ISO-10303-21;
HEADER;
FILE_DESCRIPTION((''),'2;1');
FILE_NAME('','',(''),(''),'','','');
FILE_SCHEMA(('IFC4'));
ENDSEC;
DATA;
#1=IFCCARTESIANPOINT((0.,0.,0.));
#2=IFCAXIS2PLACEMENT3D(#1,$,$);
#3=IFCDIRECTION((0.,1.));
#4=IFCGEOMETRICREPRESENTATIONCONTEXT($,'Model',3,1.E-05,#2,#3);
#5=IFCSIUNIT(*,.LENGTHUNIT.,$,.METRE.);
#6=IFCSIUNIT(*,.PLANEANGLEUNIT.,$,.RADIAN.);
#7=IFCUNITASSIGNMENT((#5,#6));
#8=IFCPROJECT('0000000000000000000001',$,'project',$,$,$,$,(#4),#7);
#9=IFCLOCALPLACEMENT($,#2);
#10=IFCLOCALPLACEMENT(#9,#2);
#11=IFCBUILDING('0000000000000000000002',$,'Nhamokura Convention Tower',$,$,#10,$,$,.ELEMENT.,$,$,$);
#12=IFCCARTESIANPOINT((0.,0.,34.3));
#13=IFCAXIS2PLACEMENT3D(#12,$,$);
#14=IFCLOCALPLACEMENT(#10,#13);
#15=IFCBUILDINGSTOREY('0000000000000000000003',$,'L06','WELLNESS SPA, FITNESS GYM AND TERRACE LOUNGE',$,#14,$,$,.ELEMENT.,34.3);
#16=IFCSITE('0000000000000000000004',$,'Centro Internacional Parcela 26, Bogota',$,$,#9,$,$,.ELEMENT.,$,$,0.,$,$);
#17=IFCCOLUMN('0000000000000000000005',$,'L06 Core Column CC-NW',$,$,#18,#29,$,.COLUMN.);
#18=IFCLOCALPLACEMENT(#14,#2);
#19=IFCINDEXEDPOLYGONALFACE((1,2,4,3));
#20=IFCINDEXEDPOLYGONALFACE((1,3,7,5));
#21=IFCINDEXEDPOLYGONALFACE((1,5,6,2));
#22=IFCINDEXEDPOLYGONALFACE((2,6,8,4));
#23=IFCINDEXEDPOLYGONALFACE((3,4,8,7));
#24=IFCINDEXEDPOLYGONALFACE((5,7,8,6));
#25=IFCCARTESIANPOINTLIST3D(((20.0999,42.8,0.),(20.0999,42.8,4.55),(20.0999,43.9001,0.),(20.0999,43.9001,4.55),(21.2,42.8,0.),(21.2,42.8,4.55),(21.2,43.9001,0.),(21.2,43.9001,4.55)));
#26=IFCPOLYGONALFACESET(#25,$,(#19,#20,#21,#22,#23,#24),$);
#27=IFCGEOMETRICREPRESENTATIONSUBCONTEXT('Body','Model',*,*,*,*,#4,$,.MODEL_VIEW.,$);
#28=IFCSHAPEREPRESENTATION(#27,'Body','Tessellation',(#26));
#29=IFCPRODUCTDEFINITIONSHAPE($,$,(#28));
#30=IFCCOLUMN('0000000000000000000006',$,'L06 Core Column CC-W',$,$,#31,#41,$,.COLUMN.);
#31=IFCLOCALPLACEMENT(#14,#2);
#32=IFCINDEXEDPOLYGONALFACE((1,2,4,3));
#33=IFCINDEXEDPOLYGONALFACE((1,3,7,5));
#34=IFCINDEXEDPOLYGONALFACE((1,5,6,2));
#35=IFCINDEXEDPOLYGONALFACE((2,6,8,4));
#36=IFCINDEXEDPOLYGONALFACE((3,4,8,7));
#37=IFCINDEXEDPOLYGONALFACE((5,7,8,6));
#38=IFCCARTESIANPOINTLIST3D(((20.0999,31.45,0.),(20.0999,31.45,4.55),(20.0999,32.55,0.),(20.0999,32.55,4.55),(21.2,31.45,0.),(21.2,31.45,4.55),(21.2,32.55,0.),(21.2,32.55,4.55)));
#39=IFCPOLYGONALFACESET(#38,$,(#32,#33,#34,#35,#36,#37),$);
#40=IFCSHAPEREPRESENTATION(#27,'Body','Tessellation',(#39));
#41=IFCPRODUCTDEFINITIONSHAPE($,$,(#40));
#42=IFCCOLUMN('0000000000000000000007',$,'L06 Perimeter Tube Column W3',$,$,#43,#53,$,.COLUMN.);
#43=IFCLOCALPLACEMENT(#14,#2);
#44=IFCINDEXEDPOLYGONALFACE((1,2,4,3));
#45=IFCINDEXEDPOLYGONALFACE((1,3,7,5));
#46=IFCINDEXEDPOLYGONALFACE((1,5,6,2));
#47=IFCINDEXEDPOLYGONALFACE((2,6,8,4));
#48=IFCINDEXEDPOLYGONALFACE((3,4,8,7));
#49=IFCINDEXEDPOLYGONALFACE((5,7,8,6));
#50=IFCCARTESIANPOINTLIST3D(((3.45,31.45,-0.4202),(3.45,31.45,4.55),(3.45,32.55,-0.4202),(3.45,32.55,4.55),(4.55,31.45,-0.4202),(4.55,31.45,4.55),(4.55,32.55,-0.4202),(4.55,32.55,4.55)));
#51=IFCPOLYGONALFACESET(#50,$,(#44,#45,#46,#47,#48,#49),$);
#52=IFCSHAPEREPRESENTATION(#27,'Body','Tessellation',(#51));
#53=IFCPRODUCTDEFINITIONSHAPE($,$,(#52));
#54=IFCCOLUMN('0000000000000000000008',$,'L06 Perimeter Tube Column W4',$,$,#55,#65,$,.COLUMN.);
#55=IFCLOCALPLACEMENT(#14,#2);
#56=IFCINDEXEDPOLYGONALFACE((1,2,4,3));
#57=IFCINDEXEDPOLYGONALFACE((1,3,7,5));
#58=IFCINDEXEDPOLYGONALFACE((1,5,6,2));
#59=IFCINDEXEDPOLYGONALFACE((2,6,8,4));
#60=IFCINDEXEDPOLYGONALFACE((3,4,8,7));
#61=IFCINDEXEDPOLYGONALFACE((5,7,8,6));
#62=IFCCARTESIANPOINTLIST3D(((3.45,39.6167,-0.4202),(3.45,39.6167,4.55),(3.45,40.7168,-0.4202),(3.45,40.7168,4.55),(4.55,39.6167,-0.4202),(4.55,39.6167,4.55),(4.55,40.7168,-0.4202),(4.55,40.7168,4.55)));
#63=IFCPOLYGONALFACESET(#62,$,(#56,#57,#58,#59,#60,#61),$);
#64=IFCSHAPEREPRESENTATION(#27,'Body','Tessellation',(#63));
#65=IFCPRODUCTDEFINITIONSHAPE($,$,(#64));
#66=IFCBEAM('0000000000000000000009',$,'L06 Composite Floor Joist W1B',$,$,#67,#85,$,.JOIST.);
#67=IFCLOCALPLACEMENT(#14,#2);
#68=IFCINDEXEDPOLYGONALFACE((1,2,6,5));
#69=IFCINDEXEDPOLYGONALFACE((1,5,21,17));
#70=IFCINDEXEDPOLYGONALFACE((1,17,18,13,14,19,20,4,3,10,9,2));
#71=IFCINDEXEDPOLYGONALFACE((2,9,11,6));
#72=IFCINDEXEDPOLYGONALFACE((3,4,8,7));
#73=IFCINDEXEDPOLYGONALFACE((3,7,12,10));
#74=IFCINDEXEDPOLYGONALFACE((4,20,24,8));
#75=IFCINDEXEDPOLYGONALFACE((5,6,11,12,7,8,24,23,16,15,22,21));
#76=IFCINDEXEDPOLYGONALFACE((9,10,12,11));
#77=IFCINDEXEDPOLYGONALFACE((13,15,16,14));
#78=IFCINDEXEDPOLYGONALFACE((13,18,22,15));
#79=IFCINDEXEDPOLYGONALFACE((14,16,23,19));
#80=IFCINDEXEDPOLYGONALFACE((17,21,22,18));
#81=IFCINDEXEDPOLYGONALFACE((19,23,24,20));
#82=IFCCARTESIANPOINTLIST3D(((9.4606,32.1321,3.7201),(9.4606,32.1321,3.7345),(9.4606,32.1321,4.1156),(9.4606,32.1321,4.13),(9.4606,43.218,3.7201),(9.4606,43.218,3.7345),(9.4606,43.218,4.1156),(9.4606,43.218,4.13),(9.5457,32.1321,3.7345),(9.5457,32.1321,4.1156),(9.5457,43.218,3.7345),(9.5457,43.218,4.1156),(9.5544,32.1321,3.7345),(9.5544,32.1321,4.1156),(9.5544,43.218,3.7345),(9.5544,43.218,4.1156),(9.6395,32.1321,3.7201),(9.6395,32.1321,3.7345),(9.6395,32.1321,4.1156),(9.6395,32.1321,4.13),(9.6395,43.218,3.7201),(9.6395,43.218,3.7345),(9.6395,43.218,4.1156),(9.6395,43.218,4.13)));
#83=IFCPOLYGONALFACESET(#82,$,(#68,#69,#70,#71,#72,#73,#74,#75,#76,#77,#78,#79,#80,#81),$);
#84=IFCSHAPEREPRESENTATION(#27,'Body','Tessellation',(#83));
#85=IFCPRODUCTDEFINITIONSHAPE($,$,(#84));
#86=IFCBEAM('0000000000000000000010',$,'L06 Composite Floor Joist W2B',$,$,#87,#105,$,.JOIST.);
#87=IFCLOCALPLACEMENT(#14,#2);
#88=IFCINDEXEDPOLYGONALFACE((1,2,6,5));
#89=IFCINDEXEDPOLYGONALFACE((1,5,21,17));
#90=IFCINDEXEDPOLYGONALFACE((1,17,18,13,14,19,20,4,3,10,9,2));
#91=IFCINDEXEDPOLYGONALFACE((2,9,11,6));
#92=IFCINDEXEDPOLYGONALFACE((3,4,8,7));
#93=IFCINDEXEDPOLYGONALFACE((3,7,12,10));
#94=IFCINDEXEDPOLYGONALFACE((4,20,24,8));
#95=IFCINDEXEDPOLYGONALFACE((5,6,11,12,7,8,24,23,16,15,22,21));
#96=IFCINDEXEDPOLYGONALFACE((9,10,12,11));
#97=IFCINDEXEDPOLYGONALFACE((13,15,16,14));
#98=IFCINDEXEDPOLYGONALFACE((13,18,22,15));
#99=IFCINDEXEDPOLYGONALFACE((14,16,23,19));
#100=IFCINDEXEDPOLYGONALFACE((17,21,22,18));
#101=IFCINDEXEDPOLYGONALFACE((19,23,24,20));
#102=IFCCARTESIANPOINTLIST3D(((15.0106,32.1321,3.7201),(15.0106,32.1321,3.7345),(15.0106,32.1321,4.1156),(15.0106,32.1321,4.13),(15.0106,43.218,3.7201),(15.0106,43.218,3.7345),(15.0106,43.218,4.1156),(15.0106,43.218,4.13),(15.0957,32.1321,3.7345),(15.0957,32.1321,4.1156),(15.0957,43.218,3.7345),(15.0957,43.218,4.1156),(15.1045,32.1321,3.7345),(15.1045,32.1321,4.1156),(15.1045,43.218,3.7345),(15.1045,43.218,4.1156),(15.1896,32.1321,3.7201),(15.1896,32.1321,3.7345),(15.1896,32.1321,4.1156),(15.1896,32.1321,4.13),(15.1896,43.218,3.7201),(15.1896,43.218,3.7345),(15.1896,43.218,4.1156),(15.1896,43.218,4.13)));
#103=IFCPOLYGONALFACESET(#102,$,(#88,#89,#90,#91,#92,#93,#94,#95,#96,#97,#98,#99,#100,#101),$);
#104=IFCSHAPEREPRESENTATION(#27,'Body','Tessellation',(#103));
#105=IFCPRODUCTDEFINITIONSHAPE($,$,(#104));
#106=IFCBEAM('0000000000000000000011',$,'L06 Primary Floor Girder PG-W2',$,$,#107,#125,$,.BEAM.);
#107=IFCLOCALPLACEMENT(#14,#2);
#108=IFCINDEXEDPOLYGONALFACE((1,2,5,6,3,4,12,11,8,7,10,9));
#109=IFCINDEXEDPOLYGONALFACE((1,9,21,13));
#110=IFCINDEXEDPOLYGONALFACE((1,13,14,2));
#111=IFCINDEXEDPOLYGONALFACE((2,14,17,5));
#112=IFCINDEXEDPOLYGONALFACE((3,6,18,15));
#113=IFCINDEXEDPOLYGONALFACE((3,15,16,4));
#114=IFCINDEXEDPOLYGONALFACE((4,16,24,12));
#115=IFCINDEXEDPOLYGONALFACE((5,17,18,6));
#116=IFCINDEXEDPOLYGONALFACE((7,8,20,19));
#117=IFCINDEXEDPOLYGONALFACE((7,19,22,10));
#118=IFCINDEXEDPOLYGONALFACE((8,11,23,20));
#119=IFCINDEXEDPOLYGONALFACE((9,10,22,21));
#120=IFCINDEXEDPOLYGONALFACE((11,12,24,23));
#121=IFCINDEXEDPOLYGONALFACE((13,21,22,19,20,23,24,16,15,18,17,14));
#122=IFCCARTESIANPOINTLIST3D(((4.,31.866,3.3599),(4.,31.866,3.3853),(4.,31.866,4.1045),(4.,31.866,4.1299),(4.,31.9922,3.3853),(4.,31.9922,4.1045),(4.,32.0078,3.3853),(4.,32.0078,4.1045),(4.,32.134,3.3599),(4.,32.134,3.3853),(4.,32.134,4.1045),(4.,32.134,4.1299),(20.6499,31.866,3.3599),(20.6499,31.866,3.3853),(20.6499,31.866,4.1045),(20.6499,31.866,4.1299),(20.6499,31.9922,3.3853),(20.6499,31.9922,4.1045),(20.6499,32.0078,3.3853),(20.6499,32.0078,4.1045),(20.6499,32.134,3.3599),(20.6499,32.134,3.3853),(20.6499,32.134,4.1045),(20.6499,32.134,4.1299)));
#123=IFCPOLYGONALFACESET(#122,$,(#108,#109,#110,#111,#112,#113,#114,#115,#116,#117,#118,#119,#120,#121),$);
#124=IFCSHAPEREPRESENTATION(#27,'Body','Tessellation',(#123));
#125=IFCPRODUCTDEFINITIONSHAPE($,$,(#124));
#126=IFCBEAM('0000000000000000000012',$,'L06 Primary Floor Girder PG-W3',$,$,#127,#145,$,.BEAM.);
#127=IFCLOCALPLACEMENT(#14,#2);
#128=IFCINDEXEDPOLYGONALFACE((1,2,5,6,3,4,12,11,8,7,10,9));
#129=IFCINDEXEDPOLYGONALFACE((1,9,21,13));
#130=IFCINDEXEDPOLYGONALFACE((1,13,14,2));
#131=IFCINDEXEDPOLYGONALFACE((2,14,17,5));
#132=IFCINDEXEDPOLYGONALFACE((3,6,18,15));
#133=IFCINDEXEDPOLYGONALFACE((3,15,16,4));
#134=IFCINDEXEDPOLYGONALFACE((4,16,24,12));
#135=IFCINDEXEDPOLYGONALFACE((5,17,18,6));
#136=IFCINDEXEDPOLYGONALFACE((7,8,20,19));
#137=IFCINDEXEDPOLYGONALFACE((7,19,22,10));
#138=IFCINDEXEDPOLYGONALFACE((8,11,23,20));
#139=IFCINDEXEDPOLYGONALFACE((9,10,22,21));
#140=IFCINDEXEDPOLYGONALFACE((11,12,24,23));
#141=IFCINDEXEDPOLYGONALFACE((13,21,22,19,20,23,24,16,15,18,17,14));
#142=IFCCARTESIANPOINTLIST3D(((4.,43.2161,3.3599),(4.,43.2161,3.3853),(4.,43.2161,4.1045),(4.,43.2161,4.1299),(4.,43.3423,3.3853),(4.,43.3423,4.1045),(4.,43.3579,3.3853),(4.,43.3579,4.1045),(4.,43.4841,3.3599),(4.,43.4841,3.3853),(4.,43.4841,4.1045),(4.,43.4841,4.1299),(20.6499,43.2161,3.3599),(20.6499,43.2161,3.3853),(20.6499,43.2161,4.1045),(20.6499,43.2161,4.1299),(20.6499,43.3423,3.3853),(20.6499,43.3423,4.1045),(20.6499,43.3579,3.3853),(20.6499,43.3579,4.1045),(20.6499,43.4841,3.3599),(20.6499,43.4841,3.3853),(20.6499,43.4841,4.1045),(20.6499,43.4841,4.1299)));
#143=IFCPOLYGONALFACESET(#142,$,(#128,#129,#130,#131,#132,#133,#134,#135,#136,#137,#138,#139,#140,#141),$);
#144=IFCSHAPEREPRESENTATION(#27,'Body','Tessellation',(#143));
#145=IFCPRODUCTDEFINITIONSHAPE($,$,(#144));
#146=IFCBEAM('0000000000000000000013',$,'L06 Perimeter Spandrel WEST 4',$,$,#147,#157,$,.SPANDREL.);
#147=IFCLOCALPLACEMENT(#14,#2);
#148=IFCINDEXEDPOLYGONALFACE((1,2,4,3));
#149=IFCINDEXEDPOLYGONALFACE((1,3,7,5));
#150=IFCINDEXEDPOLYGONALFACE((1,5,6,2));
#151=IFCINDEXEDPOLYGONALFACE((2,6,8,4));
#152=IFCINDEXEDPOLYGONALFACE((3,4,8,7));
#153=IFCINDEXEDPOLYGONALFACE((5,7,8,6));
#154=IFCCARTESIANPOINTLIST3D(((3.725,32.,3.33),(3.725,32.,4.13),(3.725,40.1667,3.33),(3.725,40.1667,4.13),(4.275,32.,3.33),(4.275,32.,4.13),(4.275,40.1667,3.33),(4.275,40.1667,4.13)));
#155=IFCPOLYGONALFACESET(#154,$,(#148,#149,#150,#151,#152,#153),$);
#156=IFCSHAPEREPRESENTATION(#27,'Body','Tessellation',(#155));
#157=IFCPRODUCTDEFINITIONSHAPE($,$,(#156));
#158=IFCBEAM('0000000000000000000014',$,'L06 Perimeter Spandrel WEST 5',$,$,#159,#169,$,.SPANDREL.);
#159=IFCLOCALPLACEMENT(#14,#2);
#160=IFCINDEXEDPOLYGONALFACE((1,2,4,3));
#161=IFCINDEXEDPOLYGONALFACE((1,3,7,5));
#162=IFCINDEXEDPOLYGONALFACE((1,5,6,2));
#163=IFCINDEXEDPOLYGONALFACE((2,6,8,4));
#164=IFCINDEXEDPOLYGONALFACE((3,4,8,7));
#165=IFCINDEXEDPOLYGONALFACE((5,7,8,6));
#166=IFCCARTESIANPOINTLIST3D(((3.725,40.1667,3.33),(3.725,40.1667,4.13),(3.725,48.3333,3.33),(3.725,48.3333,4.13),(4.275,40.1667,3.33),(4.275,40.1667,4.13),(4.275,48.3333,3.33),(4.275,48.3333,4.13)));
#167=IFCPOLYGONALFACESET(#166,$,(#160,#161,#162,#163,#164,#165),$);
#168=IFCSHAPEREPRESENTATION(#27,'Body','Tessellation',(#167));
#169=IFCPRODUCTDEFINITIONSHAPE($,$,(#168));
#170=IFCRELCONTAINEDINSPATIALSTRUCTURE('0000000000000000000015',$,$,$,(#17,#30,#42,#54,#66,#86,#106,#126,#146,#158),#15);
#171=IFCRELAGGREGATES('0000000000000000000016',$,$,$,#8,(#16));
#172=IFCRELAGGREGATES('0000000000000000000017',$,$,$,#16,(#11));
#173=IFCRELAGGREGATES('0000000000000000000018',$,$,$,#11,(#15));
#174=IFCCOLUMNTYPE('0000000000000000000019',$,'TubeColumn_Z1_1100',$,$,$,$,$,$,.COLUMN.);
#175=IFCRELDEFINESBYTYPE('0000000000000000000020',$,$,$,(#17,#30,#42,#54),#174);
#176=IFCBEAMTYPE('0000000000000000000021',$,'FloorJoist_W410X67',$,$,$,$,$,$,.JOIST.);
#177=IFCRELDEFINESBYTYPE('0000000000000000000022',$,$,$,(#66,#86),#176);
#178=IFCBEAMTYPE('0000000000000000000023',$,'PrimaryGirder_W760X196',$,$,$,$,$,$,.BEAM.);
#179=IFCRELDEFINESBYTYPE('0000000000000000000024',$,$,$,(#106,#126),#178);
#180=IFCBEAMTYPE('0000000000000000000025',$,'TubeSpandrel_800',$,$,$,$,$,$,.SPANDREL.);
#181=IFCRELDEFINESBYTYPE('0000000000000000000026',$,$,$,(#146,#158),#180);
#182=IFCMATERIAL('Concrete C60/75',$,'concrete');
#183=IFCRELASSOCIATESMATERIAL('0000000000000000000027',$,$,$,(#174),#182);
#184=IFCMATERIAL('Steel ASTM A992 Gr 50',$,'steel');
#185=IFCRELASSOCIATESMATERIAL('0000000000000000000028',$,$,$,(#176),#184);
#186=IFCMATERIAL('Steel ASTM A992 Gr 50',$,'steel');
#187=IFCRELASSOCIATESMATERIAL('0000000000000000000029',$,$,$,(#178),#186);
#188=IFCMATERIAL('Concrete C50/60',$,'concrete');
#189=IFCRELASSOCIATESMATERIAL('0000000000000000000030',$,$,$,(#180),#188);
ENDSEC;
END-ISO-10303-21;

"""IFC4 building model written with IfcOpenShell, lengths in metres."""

from ifc_helpers import new_model, si_unit, direction, frame, origin, origin_2d, place, context, subcontext, project, spatial, rectangle, i_section, extrude, material, material_profile, profile_set, type_object, element, save


model = new_model("IFC4")

# Units and contexts
model_context = context("Model", 3, precision=1e-05, world=origin(), true_north=direction((0.0, 1.0)))
body_context = subcontext(model_context, "Body", "Model", "MODEL_VIEW")
ifc_project = project(units=[si_unit("LENGTHUNIT", "METRE"), si_unit("PLANEANGLEUNIT", "RADIAN")], contexts=[model_context])

# Site, building, storey
site_placement = place(None, origin())
site = spatial("IfcSite", under=ifc_project, at=site_placement, Name="Centro Internacional Parcela 26, Bogota", CompositionType="ELEMENT", RefElevation=0.0)
building_placement = place(site_placement, origin())
building = spatial("IfcBuilding", under=site, at=building_placement, Name="Nhamokura Convention Tower", CompositionType="ELEMENT")
storey_placement = place(building_placement, frame((0.0, 0.0, 34.3)))
storey = spatial("IfcBuildingStorey", under=building, at=storey_placement, Name="L06", Description="WELLNESS SPA, FITNESS GYM AND TERRACE LOUNGE", CompositionType="ELEMENT", Elevation=34.3)

# Columns
ifc_material_1 = material(Name="Concrete C60/75", Category="concrete")
ifc_material_profile_1 = material_profile(ifc_material_1, rectangle(XDim=1.1001, YDim=1.1001, at=origin_2d()))
ifc_profile_set_1 = profile_set([ifc_material_profile_1], Name="Concrete C60/75")
column_type = type_object("IfcColumnType", Name="TubeColumn_Z1_1100", PredefinedType="COLUMN", material=ifc_profile_set_1)
for number, where, z_axis, x_axis, name in (
    (1, (20.6499, 43.3501, 0.0), (0.0, 0.0, 1.0), (1.0, 0.0, 0.0), "L06 Core Column CC-NW"),
    (2, (20.6499, 32.0, 0.0), (0.0, 0.0, 1.0), (1.0, 0.0, 0.0), "L06 Core Column CC-W"),
):
    element("IfcColumn", number, at=place(storey_placement, frame(where, z_axis=z_axis, x_axis=x_axis)), inside=storey, type_object=column_type, Name=name, PredefinedType="COLUMN", context=body_context, shape_type="SweptSolid", body=[
        extrude(rectangle(XDim=1.1001, YDim=1.1001, at=origin_2d()), origin(), (0.0, 0.0, 1.0), 4.55),
    ])
for number, where, z_axis, x_axis, name in (
    (3, (4.0, 32.0, -0.4202), (0.0, 0.0, 1.0), (1.0, 0.0, 0.0), "L06 Perimeter Tube Column W3"),
    (4, (4.0, 40.1667, -0.4202), (0.0, 0.0, 1.0), (1.0, 0.0, 0.0), "L06 Perimeter Tube Column W4"),
):
    element("IfcColumn", number, at=place(storey_placement, frame(where, z_axis=z_axis, x_axis=x_axis)), inside=storey, type_object=column_type, Name=name, PredefinedType="COLUMN", context=body_context, shape_type="SweptSolid", body=[
        extrude(rectangle(XDim=1.1001, YDim=1.1001, at=origin_2d()), origin(), (0.0, 0.0, 1.0), 4.9702),
    ])

# Beams
ifc_material_2 = material(Name="Steel ASTM A992 Gr 50", Category="steel")
ifc_material_profile_2 = material_profile(ifc_material_2, i_section(OverallWidth=0.179, OverallDepth=0.4099, WebThickness=0.0088, FlangeThickness=0.0144, at=origin_2d()))
ifc_profile_set_2 = profile_set([ifc_material_profile_2], Name="Steel ASTM A992 Gr 50")
beam_type_1 = type_object("IfcBeamType", Name="FloorJoist_W410X67", PredefinedType="JOIST", material=ifc_profile_set_2)
for number, where, z_axis, x_axis, name in (
    (5, (9.55, 32.1321, 3.925), (0.0, 1.0, 0.0), (-1.0, 0.0, 0.0), "L06 Composite Floor Joist W1B"),
    (6, (15.1001, 32.1321, 3.925), (0.0, 1.0, 0.0), (-1.0, 0.0, 0.0), "L06 Composite Floor Joist W2B"),
):
    element("IfcBeam", number, at=place(storey_placement, frame(where, z_axis=z_axis, x_axis=x_axis)), inside=storey, type_object=beam_type_1, Name=name, PredefinedType="JOIST", context=body_context, shape_type="SweptSolid", body=[
        extrude(i_section(OverallWidth=0.179, OverallDepth=0.4099, WebThickness=0.0088, FlangeThickness=0.0144, at=origin_2d()), origin(), (0.0, 0.0, 1.0), 11.0859),
    ])
ifc_material_3 = material(Name="Steel ASTM A992 Gr 50", Category="steel")
ifc_material_profile_3 = material_profile(ifc_material_3, i_section(OverallWidth=0.2681, OverallDepth=0.77, WebThickness=0.0156, FlangeThickness=0.0254, at=origin_2d()))
ifc_profile_set_3 = profile_set([ifc_material_profile_3], Name="Steel ASTM A992 Gr 50")
beam_type_2 = type_object("IfcBeamType", Name="PrimaryGirder_W760X196", PredefinedType="BEAM", material=ifc_profile_set_3)
for number, where, z_axis, x_axis, name in (
    (7, (4.0, 32.0, 3.7449), (1.0, 0.0, 0.0), (0.0, 1.0, 0.0), "L06 Primary Floor Girder PG-W2"),
    (8, (4.0, 43.3501, 3.7449), (1.0, 0.0, 0.0), (0.0, 1.0, 0.0), "L06 Primary Floor Girder PG-W3"),
):
    element("IfcBeam", number, at=place(storey_placement, frame(where, z_axis=z_axis, x_axis=x_axis)), inside=storey, type_object=beam_type_2, Name=name, PredefinedType="BEAM", context=body_context, shape_type="SweptSolid", body=[
        extrude(i_section(OverallWidth=0.2681, OverallDepth=0.77, WebThickness=0.0156, FlangeThickness=0.0254, at=origin_2d()), origin(), (0.0, 0.0, 1.0), 16.6499),
    ])
ifc_material_4 = material(Name="Concrete C50/60", Category="concrete")
ifc_material_profile_4 = material_profile(ifc_material_4, rectangle(XDim=0.55, YDim=0.8, at=origin_2d()))
ifc_profile_set_4 = profile_set([ifc_material_profile_4], Name="Concrete C50/60")
beam_type_3 = type_object("IfcBeamType", Name="TubeSpandrel_800", PredefinedType="SPANDREL", material=ifc_profile_set_4)
beam_1_placement = place(storey_placement, frame((4.0, 32.0, 3.73), z_axis=(0.0, 1.0, 0.0), x_axis=(-1.0, 0.0, 0.0)))
element("IfcBeam", 9, at=beam_1_placement, inside=storey, type_object=beam_type_3, Name="L06 Perimeter Spandrel WEST 4", PredefinedType="SPANDREL", context=body_context, shape_type="SweptSolid", body=[
    extrude(rectangle(XDim=0.55, YDim=0.8, at=origin_2d()), origin(), (0.0, 0.0, 1.0), 8.1667),
])
beam_2_placement = place(storey_placement, frame((4.0, 40.1667, 3.73), z_axis=(0.0, 1.0, 0.0), x_axis=(-1.0, 0.0, 0.0)))
element("IfcBeam", 10, at=beam_2_placement, inside=storey, type_object=beam_type_3, Name="L06 Perimeter Spandrel WEST 5", PredefinedType="SPANDREL", context=body_context, shape_type="SweptSolid", body=[
    extrude(rectangle(XDim=0.55, YDim=0.8, at=origin_2d()), origin(), (0.0, 0.0, 1.0), 8.1665),
])

save(model, "model.ifc")
